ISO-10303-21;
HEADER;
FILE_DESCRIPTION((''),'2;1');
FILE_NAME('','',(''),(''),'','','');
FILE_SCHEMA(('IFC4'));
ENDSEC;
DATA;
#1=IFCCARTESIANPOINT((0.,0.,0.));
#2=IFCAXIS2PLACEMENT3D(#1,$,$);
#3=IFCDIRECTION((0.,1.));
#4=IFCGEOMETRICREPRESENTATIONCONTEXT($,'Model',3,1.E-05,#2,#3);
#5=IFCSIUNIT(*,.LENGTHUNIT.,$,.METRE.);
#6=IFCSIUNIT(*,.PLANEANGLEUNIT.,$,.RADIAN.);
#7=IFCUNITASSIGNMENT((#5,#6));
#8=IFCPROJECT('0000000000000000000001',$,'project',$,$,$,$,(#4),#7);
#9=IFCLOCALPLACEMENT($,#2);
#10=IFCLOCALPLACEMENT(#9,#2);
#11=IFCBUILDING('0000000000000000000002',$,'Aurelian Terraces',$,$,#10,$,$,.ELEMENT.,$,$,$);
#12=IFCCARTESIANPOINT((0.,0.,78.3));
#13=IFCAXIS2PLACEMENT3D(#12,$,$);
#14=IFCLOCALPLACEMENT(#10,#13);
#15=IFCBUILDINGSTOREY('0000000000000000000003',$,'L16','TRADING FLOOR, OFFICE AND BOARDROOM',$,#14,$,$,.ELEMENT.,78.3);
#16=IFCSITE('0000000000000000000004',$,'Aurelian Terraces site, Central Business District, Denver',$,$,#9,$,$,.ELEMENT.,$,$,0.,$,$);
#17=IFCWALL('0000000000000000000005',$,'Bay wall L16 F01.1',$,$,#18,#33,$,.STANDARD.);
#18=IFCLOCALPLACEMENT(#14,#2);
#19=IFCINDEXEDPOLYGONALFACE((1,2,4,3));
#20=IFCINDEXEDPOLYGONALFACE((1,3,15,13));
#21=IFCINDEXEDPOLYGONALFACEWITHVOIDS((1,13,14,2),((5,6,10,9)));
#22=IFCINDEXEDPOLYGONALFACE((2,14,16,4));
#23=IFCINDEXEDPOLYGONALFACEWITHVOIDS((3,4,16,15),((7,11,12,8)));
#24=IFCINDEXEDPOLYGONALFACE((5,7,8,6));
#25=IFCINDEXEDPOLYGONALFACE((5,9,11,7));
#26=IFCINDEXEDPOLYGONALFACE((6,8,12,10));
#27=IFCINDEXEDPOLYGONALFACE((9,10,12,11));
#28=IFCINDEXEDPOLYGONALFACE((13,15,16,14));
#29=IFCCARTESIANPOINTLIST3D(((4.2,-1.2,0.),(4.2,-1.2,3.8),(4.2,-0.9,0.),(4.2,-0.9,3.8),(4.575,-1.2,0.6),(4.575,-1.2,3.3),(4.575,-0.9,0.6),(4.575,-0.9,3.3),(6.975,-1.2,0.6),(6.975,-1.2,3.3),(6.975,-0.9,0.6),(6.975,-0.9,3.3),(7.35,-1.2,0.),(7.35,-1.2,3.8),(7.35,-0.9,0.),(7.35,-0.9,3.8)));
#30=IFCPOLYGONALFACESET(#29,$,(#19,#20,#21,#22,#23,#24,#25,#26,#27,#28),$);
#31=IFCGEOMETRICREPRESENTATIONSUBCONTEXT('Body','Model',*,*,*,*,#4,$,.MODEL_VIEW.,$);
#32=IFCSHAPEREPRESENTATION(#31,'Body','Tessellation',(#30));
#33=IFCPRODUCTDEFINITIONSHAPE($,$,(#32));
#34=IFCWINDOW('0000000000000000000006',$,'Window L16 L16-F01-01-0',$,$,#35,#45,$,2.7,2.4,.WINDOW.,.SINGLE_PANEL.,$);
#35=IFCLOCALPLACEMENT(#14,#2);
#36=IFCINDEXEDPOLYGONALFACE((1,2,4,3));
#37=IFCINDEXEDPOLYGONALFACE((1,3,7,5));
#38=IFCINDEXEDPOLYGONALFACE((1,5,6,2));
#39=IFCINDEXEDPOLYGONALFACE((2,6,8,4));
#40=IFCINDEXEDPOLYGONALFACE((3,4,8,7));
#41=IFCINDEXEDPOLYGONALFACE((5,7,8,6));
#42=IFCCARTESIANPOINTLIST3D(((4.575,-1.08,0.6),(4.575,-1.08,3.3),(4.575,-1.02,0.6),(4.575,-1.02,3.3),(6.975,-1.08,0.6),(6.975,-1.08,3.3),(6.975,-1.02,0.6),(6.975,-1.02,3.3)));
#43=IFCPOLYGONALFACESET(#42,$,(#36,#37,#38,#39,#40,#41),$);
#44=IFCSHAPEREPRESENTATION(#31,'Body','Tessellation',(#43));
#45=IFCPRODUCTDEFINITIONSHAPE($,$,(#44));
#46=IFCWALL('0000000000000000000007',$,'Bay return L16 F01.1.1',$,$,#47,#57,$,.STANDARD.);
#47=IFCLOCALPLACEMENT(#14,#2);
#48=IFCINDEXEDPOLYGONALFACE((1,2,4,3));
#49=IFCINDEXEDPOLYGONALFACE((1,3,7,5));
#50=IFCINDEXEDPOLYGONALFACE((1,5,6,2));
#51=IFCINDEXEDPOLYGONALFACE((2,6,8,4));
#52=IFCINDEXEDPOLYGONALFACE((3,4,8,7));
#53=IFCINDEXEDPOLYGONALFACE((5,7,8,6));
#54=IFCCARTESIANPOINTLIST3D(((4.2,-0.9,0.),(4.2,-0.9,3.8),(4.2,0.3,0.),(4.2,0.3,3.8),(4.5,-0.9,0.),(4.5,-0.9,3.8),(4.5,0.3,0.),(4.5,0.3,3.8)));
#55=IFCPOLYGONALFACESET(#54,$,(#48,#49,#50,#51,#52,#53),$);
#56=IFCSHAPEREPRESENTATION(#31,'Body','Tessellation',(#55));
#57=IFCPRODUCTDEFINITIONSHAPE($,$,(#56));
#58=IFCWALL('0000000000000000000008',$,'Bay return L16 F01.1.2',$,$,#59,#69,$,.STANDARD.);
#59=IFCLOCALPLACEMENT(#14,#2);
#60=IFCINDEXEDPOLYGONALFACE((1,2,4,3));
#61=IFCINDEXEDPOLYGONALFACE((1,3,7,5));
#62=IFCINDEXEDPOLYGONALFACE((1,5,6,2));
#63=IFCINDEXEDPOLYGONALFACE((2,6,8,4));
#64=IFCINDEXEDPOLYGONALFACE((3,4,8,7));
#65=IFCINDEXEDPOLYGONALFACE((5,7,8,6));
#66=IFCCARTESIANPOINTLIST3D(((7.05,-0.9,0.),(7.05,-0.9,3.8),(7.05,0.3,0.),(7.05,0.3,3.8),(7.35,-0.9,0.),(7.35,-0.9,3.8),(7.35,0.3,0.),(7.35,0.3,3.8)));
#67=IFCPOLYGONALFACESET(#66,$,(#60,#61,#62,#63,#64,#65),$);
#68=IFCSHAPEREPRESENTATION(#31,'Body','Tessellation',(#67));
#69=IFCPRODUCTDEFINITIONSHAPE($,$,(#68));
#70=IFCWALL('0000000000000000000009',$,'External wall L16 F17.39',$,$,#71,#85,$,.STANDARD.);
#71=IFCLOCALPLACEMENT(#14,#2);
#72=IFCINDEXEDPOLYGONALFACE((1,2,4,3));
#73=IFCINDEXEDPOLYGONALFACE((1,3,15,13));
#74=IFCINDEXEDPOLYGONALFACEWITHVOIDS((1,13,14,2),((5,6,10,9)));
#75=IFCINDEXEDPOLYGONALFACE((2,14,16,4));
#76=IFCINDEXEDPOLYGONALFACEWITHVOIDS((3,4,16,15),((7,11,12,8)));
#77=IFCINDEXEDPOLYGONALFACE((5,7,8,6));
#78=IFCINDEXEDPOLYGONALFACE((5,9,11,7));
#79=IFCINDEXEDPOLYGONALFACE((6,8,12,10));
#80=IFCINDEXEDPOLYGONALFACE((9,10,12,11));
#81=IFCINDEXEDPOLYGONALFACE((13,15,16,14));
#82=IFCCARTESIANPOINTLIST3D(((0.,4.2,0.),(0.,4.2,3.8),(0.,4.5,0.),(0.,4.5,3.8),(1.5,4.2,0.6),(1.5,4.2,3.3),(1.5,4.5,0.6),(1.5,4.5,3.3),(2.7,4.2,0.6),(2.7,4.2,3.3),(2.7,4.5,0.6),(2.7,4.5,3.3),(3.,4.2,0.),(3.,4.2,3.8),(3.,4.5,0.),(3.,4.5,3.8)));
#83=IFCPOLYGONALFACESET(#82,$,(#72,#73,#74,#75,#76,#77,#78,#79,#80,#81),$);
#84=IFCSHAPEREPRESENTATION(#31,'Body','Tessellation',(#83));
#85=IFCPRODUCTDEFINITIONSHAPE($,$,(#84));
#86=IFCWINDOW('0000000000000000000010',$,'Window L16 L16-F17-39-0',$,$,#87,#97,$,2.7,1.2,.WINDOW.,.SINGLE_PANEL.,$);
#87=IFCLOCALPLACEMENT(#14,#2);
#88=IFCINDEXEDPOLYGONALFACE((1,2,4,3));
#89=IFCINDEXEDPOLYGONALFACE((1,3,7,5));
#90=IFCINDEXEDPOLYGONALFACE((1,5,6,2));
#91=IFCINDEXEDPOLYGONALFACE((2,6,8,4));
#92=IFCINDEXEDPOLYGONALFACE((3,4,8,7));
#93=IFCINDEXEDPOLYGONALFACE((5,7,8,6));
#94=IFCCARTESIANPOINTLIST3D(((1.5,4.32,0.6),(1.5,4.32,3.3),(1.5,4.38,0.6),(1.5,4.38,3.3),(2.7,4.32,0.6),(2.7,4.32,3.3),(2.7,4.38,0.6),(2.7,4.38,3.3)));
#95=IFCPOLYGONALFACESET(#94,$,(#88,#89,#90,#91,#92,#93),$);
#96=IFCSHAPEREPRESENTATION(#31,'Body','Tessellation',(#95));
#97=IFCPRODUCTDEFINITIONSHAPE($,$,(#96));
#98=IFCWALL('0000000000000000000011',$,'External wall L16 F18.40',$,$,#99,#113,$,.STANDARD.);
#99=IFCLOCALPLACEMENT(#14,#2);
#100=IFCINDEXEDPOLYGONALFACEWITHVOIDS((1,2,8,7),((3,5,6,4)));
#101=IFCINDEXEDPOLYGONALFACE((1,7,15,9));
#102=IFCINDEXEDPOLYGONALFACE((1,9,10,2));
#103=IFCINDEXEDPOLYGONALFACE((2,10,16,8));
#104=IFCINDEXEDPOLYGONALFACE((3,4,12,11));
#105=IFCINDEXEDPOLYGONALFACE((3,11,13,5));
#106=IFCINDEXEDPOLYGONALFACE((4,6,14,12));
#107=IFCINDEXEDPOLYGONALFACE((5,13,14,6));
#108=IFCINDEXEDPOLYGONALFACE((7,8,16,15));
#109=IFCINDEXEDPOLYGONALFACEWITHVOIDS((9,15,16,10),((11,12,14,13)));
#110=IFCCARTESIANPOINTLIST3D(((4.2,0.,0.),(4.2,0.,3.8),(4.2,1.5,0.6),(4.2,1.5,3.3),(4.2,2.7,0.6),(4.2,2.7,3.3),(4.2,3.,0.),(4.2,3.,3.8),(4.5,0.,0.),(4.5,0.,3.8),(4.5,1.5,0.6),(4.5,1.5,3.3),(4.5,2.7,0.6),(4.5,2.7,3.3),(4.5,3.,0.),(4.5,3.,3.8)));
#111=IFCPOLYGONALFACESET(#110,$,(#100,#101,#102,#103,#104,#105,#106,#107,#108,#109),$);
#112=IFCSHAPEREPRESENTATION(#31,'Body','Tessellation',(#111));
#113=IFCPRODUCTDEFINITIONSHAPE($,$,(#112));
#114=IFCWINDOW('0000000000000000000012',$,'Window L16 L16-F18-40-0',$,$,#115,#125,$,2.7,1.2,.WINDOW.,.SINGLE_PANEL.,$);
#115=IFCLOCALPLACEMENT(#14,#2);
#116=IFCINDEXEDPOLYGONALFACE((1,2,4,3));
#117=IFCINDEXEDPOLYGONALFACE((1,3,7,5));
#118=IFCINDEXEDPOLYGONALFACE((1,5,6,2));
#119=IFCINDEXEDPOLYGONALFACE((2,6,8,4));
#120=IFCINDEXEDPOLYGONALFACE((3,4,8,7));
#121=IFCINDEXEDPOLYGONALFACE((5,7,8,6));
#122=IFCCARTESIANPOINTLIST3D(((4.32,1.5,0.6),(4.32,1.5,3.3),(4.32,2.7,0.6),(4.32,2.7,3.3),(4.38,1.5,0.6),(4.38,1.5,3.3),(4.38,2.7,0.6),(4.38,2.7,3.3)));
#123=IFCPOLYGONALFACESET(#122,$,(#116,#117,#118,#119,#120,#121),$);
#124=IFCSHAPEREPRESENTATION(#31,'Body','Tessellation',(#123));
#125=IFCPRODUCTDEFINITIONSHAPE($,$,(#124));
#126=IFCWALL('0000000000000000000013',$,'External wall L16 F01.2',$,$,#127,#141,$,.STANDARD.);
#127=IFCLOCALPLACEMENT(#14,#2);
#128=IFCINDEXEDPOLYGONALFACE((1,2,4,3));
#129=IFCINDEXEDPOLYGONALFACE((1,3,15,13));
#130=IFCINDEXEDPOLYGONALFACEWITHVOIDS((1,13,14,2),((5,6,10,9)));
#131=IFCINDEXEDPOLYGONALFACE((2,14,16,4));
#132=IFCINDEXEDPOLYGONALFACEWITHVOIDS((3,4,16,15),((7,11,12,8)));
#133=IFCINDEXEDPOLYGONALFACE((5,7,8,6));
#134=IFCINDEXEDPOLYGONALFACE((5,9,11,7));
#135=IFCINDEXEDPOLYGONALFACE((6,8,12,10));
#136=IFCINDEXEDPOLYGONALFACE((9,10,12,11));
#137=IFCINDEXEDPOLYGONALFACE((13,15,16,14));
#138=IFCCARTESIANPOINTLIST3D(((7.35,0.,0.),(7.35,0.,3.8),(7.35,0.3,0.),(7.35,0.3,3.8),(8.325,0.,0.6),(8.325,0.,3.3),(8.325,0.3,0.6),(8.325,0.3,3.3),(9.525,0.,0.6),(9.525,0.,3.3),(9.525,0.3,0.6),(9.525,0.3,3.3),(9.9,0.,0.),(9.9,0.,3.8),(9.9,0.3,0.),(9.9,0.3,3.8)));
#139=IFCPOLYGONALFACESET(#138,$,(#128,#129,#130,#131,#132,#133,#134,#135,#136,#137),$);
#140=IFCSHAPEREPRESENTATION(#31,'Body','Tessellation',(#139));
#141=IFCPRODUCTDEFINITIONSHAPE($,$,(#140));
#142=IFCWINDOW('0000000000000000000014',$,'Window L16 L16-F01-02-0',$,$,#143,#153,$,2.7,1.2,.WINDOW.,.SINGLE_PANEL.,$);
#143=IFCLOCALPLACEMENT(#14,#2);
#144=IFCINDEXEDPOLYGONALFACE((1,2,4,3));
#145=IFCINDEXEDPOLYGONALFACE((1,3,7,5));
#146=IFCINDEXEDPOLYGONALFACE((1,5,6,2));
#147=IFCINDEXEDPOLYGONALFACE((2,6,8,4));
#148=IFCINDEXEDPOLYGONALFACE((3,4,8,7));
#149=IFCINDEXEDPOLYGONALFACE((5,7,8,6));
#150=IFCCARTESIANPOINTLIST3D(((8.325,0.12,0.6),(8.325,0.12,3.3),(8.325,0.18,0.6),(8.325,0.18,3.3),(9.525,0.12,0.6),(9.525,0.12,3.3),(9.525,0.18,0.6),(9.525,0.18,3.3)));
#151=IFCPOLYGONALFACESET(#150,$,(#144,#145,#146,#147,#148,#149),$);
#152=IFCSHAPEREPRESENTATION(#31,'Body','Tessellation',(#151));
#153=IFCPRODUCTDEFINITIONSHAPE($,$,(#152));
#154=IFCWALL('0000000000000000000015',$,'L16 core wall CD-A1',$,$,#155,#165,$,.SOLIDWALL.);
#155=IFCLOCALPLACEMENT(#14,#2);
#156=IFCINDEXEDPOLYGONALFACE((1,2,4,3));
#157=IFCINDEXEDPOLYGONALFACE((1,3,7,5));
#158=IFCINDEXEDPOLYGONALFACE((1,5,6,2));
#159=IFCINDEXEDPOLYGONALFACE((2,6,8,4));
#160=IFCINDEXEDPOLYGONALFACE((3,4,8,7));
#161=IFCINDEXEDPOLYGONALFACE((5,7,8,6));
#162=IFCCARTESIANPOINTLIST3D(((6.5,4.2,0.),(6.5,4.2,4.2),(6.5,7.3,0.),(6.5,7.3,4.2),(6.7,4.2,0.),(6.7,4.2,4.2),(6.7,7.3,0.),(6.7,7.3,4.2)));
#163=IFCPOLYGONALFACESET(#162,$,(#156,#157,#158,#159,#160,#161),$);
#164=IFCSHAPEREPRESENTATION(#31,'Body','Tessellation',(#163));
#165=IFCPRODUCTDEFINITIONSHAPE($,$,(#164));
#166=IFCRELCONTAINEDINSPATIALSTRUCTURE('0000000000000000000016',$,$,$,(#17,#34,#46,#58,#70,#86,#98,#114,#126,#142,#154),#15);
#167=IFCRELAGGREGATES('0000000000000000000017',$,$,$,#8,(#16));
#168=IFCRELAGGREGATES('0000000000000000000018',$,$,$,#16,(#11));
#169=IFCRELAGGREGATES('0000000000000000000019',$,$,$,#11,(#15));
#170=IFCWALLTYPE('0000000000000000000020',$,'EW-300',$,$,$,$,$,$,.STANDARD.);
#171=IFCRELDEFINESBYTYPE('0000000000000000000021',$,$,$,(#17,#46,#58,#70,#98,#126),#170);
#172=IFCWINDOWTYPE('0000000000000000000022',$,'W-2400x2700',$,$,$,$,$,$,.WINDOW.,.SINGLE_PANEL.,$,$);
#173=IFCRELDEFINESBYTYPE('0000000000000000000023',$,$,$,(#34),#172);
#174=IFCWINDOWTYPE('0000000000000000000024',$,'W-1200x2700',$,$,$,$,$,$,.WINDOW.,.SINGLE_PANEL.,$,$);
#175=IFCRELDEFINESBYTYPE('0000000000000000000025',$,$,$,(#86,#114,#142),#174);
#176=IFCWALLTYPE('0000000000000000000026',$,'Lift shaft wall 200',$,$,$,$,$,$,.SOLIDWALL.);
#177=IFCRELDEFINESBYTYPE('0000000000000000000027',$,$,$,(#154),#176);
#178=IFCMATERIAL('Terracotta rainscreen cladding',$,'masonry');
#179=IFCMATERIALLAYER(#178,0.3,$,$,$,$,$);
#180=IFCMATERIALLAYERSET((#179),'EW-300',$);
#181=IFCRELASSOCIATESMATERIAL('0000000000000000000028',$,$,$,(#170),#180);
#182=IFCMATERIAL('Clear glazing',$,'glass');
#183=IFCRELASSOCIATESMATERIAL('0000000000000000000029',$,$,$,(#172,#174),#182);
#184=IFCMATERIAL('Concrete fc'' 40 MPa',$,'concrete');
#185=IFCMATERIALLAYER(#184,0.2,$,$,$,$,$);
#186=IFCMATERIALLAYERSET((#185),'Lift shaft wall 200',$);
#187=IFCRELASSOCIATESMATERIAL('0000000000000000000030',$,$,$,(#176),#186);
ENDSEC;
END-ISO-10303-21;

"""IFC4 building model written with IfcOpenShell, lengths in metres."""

from ifc_helpers import new_model, si_unit, direction, frame, frame_2d, origin, place, context, subcontext, project, spatial, rectangle, extrude, source, transform, mapped, material, layer, layer_set, type_object, element, fill, save


model = new_model("IFC4")

# Units and contexts
model_context = context("Model", 3, precision=1e-05, world=origin(), true_north=direction((0.0, 1.0)))
body_context = subcontext(model_context, "Body", "Model", "MODEL_VIEW")
ifc_project = project(units=[si_unit("LENGTHUNIT", "METRE"), si_unit("PLANEANGLEUNIT", "RADIAN")], contexts=[model_context])

# Site, building, storey
site_placement = place(None, origin())
site = spatial("IfcSite", under=ifc_project, at=site_placement, Name="Aurelian Terraces site, Central Business District, Denver", CompositionType="ELEMENT", RefElevation=0.0)
building_placement = place(site_placement, origin())
building = spatial("IfcBuilding", under=site, at=building_placement, Name="Aurelian Terraces", CompositionType="ELEMENT")
storey_placement = place(building_placement, frame((0.0, 0.0, 78.3)))
storey = spatial("IfcBuildingStorey", under=building, at=storey_placement, Name="L16", Description="TRADING FLOOR, OFFICE AND BOARDROOM", CompositionType="ELEMENT", Elevation=78.3)

# Shared definitions
ifc_material_1 = material(Name="Concrete fc' 40 MPa", Category="concrete")

# Shared definitions
ifc_material_2 = material(Name="Terracotta rainscreen cladding", Category="masonry")
ifc_layer_1 = layer(ifc_material_2, 0.3)
ifc_layer_set_1 = layer_set([ifc_layer_1], Name="EW-300")
wall_type_1 = type_object("IfcWallType", Name="EW-300", PredefinedType="STANDARD", material=ifc_layer_set_1)
ifc_material_3 = material(Name="Clear glazing", Category="glass")

# Wall, opening, window
shared_shape_1 = source(origin(), body_context, "Body", "SweptSolid", [
    extrude(rectangle(XDim=3.15, YDim=0.3, at=frame_2d((1.575, 0.0))), origin(), (0.0, 0.0, 1.0), 3.8),
])
wall_1_placement = place(storey_placement, frame((4.2, -1.05, 0.0), z_axis=(0.0, 0.0, 1.0), x_axis=(1.0, 0.0, 0.0)))
wall_1 = element("IfcWall", 1, at=wall_1_placement, inside=storey, type_object=wall_type_1, Name="Bay wall L16 F01.1", PredefinedType="STANDARD", context=body_context, shape_type="MappedRepresentation", body=[
    mapped(shared_shape_1, transform((0.0, 0.0, 0.0), scale=1.0)),
])
shared_shape_2 = source(origin(), body_context, "Body", "SweptSolid", [
    extrude(rectangle(XDim=2.4, YDim=2.7, at=frame_2d((1.2, 1.35))), frame((0.0, 0.16, 0.0), z_axis=(0.0, -1.0, 0.0), x_axis=(1.0, 0.0, 0.0)), (0.0, 0.0, 1.0), 0.32),
])
opening_1_placement = place(wall_1_placement, frame((0.375, 0.0, 0.6)))
opening_1 = element("IfcOpeningElement", 2, at=opening_1_placement, cuts=wall_1, PredefinedType="OPENING", context=body_context, shape_type="MappedRepresentation", body=[
    mapped(shared_shape_2, transform((0.0, 0.0, 0.0), scale=1.0)),
])
window_type_1 = type_object("IfcWindowType", Name="W-2400x2700", PartitioningType="SINGLE_PANEL", PredefinedType="WINDOW", material=ifc_material_3)
shared_shape_3 = source(origin(), body_context, "Body", "SweptSolid", [
    extrude(rectangle(XDim=2.4, YDim=2.7, at=frame_2d((1.2, 1.35))), frame((0.0, 0.03, 0.0), z_axis=(0.0, -1.0, 0.0), x_axis=(1.0, 0.0, 0.0)), (0.0, 0.0, 1.0), 0.06),
])
window_1_placement = place(opening_1_placement, origin())
window_1 = element("IfcWindow", 3, at=window_1_placement, inside=storey, type_object=window_type_1, Name="Window L16 L16-F01-01-0", OverallHeight=2.7, OverallWidth=2.4, PartitioningType="SINGLE_PANEL", PredefinedType="WINDOW", context=body_context, shape_type="MappedRepresentation", body=[
    mapped(shared_shape_3, transform((0.0, 0.0, 0.0), scale=1.0)),
])
fill(opening_1, window_1)

# Walls
shared_shape_4 = source(origin(), body_context, "Body", "SweptSolid", [
    extrude(rectangle(XDim=1.2, YDim=0.3, at=frame_2d((0.6, 0.0))), origin(), (0.0, 0.0, 1.0), 3.8),
])
for number, where, z_axis, x_axis, name in (
    (4, (4.35, 0.3, 0.0), (0.0, 0.0, 1.0), (0.0, -1.0, 0.0), "Bay return L16 F01.1.1"),
    (5, (7.2, 0.3, 0.0), (0.0, 0.0, 1.0), (0.0, -1.0, 0.0), "Bay return L16 F01.1.2"),
):
    element("IfcWall", number, at=place(storey_placement, frame(where, z_axis=z_axis, x_axis=x_axis)), inside=storey, type_object=wall_type_1, Name=name, PredefinedType="STANDARD", context=body_context, shape_type="MappedRepresentation", body=[
        mapped(shared_shape_4, transform((0.0, 0.0, 0.0), scale=1.0)),
    ])

# Walls, openings, windows
shared_shape_5 = source(origin(), body_context, "Body", "SweptSolid", [
    extrude(rectangle(XDim=3.0, YDim=0.3, at=frame_2d((1.5, 0.0))), origin(), (0.0, 0.0, 1.0), 3.8),
])
wall_2_placement = place(storey_placement, frame((0.0, 4.35, 0.0), z_axis=(0.0, 0.0, 1.0), x_axis=(1.0, 0.0, 0.0)))
wall_2 = element("IfcWall", 6, at=wall_2_placement, inside=storey, type_object=wall_type_1, Name="External wall L16 F17.39", PredefinedType="STANDARD", context=body_context, shape_type="MappedRepresentation", body=[
    mapped(shared_shape_5, transform((0.0, 0.0, 0.0), scale=1.0)),
])
shared_shape_6 = source(origin(), body_context, "Body", "SweptSolid", [
    extrude(rectangle(XDim=1.2, YDim=2.7, at=frame_2d((0.6, 1.35))), frame((0.0, 0.16, 0.0), z_axis=(0.0, -1.0, 0.0), x_axis=(1.0, 0.0, 0.0)), (0.0, 0.0, 1.0), 0.32),
])
opening_2_placement = place(wall_2_placement, frame((1.5, 0.0, 0.6)))
opening_2 = element("IfcOpeningElement", 7, at=opening_2_placement, cuts=wall_2, PredefinedType="OPENING", context=body_context, shape_type="MappedRepresentation", body=[
    mapped(shared_shape_6, transform((0.0, 0.0, 0.0), scale=1.0)),
])
window_type_2 = type_object("IfcWindowType", Name="W-1200x2700", PartitioningType="SINGLE_PANEL", PredefinedType="WINDOW", material=ifc_material_3)
shared_shape_7 = source(origin(), body_context, "Body", "SweptSolid", [
    extrude(rectangle(XDim=1.2, YDim=2.7, at=frame_2d((0.6, 1.35))), frame((0.0, 0.03, 0.0), z_axis=(0.0, -1.0, 0.0), x_axis=(1.0, 0.0, 0.0)), (0.0, 0.0, 1.0), 0.06),
])
window_2_placement = place(opening_2_placement, origin())
window_2 = element("IfcWindow", 8, at=window_2_placement, inside=storey, type_object=window_type_2, Name="Window L16 L16-F17-39-0", OverallHeight=2.7, OverallWidth=1.2, PartitioningType="SINGLE_PANEL", PredefinedType="WINDOW", context=body_context, shape_type="MappedRepresentation", body=[
    mapped(shared_shape_7, transform((0.0, 0.0, 0.0), scale=1.0)),
])
fill(opening_2, window_2)
wall_3_placement = place(storey_placement, frame((4.35, 3.0, 0.0), z_axis=(0.0, 0.0, 1.0), x_axis=(0.0, -1.0, 0.0)))
wall_3 = element("IfcWall", 9, at=wall_3_placement, inside=storey, type_object=wall_type_1, Name="External wall L16 F18.40", PredefinedType="STANDARD", context=body_context, shape_type="MappedRepresentation", body=[
    mapped(shared_shape_5, transform((0.0, 0.0, 0.0), scale=1.0)),
])
opening_3_placement = place(wall_3_placement, frame((0.3, 0.0, 0.6)))
opening_3 = element("IfcOpeningElement", 10, at=opening_3_placement, cuts=wall_3, PredefinedType="OPENING", context=body_context, shape_type="MappedRepresentation", body=[
    mapped(shared_shape_6, transform((0.0, 0.0, 0.0), scale=1.0)),
])
window_3_placement = place(opening_3_placement, origin())
window_3 = element("IfcWindow", 11, at=window_3_placement, inside=storey, type_object=window_type_2, Name="Window L16 L16-F18-40-0", OverallHeight=2.7, OverallWidth=1.2, PartitioningType="SINGLE_PANEL", PredefinedType="WINDOW", context=body_context, shape_type="MappedRepresentation", body=[
    mapped(shared_shape_7, transform((0.0, 0.0, 0.0), scale=1.0)),
])
fill(opening_3, window_3)
shared_shape_8 = source(origin(), body_context, "Body", "SweptSolid", [
    extrude(rectangle(XDim=2.55, YDim=0.3, at=frame_2d((1.275, 0.0))), origin(), (0.0, 0.0, 1.0), 3.8),
])
wall_4_placement = place(storey_placement, frame((7.35, 0.15, 0.0), z_axis=(0.0, 0.0, 1.0), x_axis=(1.0, 0.0, 0.0)))
wall_4 = element("IfcWall", 12, at=wall_4_placement, inside=storey, type_object=wall_type_1, Name="External wall L16 F01.2", PredefinedType="STANDARD", context=body_context, shape_type="MappedRepresentation", body=[
    mapped(shared_shape_8, transform((0.0, 0.0, 0.0), scale=1.0)),
])
opening_4_placement = place(wall_4_placement, frame((0.975, 0.0, 0.6)))
opening_4 = element("IfcOpeningElement", 13, at=opening_4_placement, cuts=wall_4, PredefinedType="OPENING", context=body_context, shape_type="MappedRepresentation", body=[
    mapped(shared_shape_6, transform((0.0, 0.0, 0.0), scale=1.0)),
])
window_4_placement = place(opening_4_placement, origin())
window_4 = element("IfcWindow", 14, at=window_4_placement, inside=storey, type_object=window_type_2, Name="Window L16 L16-F01-02-0", OverallHeight=2.7, OverallWidth=1.2, PartitioningType="SINGLE_PANEL", PredefinedType="WINDOW", context=body_context, shape_type="MappedRepresentation", body=[
    mapped(shared_shape_7, transform((0.0, 0.0, 0.0), scale=1.0)),
])
fill(opening_4, window_4)

# Wall
ifc_layer_2 = layer(ifc_material_1, 0.2)
ifc_layer_set_2 = layer_set([ifc_layer_2], Name="Lift shaft wall 200")
wall_type_2 = type_object("IfcWallType", Name="Lift shaft wall 200", PredefinedType="SOLIDWALL", material=ifc_layer_set_2)
shared_shape_9 = source(origin(), body_context, "Body", "SweptSolid", [
    extrude(rectangle(XDim=3.1, YDim=0.2, at=frame_2d((1.55, 0.0))), origin(), (0.0, 0.0, 1.0), 4.2),
])
for number, where, z_axis, x_axis, name in (
    (15, (6.6, 4.2, 0.0), (0.0, 0.0, 1.0), (0.0, 1.0, 0.0), "L16 core wall CD-A1"),
):
    element("IfcWall", number, at=place(storey_placement, frame(where, z_axis=z_axis, x_axis=x_axis)), inside=storey, type_object=wall_type_2, Name=name, PredefinedType="SOLIDWALL", context=body_context, shape_type="MappedRepresentation", body=[
        mapped(shared_shape_9, transform((0.0, 0.0, 0.0), scale=1.0)),
    ])

save(model, "model.ifc")
